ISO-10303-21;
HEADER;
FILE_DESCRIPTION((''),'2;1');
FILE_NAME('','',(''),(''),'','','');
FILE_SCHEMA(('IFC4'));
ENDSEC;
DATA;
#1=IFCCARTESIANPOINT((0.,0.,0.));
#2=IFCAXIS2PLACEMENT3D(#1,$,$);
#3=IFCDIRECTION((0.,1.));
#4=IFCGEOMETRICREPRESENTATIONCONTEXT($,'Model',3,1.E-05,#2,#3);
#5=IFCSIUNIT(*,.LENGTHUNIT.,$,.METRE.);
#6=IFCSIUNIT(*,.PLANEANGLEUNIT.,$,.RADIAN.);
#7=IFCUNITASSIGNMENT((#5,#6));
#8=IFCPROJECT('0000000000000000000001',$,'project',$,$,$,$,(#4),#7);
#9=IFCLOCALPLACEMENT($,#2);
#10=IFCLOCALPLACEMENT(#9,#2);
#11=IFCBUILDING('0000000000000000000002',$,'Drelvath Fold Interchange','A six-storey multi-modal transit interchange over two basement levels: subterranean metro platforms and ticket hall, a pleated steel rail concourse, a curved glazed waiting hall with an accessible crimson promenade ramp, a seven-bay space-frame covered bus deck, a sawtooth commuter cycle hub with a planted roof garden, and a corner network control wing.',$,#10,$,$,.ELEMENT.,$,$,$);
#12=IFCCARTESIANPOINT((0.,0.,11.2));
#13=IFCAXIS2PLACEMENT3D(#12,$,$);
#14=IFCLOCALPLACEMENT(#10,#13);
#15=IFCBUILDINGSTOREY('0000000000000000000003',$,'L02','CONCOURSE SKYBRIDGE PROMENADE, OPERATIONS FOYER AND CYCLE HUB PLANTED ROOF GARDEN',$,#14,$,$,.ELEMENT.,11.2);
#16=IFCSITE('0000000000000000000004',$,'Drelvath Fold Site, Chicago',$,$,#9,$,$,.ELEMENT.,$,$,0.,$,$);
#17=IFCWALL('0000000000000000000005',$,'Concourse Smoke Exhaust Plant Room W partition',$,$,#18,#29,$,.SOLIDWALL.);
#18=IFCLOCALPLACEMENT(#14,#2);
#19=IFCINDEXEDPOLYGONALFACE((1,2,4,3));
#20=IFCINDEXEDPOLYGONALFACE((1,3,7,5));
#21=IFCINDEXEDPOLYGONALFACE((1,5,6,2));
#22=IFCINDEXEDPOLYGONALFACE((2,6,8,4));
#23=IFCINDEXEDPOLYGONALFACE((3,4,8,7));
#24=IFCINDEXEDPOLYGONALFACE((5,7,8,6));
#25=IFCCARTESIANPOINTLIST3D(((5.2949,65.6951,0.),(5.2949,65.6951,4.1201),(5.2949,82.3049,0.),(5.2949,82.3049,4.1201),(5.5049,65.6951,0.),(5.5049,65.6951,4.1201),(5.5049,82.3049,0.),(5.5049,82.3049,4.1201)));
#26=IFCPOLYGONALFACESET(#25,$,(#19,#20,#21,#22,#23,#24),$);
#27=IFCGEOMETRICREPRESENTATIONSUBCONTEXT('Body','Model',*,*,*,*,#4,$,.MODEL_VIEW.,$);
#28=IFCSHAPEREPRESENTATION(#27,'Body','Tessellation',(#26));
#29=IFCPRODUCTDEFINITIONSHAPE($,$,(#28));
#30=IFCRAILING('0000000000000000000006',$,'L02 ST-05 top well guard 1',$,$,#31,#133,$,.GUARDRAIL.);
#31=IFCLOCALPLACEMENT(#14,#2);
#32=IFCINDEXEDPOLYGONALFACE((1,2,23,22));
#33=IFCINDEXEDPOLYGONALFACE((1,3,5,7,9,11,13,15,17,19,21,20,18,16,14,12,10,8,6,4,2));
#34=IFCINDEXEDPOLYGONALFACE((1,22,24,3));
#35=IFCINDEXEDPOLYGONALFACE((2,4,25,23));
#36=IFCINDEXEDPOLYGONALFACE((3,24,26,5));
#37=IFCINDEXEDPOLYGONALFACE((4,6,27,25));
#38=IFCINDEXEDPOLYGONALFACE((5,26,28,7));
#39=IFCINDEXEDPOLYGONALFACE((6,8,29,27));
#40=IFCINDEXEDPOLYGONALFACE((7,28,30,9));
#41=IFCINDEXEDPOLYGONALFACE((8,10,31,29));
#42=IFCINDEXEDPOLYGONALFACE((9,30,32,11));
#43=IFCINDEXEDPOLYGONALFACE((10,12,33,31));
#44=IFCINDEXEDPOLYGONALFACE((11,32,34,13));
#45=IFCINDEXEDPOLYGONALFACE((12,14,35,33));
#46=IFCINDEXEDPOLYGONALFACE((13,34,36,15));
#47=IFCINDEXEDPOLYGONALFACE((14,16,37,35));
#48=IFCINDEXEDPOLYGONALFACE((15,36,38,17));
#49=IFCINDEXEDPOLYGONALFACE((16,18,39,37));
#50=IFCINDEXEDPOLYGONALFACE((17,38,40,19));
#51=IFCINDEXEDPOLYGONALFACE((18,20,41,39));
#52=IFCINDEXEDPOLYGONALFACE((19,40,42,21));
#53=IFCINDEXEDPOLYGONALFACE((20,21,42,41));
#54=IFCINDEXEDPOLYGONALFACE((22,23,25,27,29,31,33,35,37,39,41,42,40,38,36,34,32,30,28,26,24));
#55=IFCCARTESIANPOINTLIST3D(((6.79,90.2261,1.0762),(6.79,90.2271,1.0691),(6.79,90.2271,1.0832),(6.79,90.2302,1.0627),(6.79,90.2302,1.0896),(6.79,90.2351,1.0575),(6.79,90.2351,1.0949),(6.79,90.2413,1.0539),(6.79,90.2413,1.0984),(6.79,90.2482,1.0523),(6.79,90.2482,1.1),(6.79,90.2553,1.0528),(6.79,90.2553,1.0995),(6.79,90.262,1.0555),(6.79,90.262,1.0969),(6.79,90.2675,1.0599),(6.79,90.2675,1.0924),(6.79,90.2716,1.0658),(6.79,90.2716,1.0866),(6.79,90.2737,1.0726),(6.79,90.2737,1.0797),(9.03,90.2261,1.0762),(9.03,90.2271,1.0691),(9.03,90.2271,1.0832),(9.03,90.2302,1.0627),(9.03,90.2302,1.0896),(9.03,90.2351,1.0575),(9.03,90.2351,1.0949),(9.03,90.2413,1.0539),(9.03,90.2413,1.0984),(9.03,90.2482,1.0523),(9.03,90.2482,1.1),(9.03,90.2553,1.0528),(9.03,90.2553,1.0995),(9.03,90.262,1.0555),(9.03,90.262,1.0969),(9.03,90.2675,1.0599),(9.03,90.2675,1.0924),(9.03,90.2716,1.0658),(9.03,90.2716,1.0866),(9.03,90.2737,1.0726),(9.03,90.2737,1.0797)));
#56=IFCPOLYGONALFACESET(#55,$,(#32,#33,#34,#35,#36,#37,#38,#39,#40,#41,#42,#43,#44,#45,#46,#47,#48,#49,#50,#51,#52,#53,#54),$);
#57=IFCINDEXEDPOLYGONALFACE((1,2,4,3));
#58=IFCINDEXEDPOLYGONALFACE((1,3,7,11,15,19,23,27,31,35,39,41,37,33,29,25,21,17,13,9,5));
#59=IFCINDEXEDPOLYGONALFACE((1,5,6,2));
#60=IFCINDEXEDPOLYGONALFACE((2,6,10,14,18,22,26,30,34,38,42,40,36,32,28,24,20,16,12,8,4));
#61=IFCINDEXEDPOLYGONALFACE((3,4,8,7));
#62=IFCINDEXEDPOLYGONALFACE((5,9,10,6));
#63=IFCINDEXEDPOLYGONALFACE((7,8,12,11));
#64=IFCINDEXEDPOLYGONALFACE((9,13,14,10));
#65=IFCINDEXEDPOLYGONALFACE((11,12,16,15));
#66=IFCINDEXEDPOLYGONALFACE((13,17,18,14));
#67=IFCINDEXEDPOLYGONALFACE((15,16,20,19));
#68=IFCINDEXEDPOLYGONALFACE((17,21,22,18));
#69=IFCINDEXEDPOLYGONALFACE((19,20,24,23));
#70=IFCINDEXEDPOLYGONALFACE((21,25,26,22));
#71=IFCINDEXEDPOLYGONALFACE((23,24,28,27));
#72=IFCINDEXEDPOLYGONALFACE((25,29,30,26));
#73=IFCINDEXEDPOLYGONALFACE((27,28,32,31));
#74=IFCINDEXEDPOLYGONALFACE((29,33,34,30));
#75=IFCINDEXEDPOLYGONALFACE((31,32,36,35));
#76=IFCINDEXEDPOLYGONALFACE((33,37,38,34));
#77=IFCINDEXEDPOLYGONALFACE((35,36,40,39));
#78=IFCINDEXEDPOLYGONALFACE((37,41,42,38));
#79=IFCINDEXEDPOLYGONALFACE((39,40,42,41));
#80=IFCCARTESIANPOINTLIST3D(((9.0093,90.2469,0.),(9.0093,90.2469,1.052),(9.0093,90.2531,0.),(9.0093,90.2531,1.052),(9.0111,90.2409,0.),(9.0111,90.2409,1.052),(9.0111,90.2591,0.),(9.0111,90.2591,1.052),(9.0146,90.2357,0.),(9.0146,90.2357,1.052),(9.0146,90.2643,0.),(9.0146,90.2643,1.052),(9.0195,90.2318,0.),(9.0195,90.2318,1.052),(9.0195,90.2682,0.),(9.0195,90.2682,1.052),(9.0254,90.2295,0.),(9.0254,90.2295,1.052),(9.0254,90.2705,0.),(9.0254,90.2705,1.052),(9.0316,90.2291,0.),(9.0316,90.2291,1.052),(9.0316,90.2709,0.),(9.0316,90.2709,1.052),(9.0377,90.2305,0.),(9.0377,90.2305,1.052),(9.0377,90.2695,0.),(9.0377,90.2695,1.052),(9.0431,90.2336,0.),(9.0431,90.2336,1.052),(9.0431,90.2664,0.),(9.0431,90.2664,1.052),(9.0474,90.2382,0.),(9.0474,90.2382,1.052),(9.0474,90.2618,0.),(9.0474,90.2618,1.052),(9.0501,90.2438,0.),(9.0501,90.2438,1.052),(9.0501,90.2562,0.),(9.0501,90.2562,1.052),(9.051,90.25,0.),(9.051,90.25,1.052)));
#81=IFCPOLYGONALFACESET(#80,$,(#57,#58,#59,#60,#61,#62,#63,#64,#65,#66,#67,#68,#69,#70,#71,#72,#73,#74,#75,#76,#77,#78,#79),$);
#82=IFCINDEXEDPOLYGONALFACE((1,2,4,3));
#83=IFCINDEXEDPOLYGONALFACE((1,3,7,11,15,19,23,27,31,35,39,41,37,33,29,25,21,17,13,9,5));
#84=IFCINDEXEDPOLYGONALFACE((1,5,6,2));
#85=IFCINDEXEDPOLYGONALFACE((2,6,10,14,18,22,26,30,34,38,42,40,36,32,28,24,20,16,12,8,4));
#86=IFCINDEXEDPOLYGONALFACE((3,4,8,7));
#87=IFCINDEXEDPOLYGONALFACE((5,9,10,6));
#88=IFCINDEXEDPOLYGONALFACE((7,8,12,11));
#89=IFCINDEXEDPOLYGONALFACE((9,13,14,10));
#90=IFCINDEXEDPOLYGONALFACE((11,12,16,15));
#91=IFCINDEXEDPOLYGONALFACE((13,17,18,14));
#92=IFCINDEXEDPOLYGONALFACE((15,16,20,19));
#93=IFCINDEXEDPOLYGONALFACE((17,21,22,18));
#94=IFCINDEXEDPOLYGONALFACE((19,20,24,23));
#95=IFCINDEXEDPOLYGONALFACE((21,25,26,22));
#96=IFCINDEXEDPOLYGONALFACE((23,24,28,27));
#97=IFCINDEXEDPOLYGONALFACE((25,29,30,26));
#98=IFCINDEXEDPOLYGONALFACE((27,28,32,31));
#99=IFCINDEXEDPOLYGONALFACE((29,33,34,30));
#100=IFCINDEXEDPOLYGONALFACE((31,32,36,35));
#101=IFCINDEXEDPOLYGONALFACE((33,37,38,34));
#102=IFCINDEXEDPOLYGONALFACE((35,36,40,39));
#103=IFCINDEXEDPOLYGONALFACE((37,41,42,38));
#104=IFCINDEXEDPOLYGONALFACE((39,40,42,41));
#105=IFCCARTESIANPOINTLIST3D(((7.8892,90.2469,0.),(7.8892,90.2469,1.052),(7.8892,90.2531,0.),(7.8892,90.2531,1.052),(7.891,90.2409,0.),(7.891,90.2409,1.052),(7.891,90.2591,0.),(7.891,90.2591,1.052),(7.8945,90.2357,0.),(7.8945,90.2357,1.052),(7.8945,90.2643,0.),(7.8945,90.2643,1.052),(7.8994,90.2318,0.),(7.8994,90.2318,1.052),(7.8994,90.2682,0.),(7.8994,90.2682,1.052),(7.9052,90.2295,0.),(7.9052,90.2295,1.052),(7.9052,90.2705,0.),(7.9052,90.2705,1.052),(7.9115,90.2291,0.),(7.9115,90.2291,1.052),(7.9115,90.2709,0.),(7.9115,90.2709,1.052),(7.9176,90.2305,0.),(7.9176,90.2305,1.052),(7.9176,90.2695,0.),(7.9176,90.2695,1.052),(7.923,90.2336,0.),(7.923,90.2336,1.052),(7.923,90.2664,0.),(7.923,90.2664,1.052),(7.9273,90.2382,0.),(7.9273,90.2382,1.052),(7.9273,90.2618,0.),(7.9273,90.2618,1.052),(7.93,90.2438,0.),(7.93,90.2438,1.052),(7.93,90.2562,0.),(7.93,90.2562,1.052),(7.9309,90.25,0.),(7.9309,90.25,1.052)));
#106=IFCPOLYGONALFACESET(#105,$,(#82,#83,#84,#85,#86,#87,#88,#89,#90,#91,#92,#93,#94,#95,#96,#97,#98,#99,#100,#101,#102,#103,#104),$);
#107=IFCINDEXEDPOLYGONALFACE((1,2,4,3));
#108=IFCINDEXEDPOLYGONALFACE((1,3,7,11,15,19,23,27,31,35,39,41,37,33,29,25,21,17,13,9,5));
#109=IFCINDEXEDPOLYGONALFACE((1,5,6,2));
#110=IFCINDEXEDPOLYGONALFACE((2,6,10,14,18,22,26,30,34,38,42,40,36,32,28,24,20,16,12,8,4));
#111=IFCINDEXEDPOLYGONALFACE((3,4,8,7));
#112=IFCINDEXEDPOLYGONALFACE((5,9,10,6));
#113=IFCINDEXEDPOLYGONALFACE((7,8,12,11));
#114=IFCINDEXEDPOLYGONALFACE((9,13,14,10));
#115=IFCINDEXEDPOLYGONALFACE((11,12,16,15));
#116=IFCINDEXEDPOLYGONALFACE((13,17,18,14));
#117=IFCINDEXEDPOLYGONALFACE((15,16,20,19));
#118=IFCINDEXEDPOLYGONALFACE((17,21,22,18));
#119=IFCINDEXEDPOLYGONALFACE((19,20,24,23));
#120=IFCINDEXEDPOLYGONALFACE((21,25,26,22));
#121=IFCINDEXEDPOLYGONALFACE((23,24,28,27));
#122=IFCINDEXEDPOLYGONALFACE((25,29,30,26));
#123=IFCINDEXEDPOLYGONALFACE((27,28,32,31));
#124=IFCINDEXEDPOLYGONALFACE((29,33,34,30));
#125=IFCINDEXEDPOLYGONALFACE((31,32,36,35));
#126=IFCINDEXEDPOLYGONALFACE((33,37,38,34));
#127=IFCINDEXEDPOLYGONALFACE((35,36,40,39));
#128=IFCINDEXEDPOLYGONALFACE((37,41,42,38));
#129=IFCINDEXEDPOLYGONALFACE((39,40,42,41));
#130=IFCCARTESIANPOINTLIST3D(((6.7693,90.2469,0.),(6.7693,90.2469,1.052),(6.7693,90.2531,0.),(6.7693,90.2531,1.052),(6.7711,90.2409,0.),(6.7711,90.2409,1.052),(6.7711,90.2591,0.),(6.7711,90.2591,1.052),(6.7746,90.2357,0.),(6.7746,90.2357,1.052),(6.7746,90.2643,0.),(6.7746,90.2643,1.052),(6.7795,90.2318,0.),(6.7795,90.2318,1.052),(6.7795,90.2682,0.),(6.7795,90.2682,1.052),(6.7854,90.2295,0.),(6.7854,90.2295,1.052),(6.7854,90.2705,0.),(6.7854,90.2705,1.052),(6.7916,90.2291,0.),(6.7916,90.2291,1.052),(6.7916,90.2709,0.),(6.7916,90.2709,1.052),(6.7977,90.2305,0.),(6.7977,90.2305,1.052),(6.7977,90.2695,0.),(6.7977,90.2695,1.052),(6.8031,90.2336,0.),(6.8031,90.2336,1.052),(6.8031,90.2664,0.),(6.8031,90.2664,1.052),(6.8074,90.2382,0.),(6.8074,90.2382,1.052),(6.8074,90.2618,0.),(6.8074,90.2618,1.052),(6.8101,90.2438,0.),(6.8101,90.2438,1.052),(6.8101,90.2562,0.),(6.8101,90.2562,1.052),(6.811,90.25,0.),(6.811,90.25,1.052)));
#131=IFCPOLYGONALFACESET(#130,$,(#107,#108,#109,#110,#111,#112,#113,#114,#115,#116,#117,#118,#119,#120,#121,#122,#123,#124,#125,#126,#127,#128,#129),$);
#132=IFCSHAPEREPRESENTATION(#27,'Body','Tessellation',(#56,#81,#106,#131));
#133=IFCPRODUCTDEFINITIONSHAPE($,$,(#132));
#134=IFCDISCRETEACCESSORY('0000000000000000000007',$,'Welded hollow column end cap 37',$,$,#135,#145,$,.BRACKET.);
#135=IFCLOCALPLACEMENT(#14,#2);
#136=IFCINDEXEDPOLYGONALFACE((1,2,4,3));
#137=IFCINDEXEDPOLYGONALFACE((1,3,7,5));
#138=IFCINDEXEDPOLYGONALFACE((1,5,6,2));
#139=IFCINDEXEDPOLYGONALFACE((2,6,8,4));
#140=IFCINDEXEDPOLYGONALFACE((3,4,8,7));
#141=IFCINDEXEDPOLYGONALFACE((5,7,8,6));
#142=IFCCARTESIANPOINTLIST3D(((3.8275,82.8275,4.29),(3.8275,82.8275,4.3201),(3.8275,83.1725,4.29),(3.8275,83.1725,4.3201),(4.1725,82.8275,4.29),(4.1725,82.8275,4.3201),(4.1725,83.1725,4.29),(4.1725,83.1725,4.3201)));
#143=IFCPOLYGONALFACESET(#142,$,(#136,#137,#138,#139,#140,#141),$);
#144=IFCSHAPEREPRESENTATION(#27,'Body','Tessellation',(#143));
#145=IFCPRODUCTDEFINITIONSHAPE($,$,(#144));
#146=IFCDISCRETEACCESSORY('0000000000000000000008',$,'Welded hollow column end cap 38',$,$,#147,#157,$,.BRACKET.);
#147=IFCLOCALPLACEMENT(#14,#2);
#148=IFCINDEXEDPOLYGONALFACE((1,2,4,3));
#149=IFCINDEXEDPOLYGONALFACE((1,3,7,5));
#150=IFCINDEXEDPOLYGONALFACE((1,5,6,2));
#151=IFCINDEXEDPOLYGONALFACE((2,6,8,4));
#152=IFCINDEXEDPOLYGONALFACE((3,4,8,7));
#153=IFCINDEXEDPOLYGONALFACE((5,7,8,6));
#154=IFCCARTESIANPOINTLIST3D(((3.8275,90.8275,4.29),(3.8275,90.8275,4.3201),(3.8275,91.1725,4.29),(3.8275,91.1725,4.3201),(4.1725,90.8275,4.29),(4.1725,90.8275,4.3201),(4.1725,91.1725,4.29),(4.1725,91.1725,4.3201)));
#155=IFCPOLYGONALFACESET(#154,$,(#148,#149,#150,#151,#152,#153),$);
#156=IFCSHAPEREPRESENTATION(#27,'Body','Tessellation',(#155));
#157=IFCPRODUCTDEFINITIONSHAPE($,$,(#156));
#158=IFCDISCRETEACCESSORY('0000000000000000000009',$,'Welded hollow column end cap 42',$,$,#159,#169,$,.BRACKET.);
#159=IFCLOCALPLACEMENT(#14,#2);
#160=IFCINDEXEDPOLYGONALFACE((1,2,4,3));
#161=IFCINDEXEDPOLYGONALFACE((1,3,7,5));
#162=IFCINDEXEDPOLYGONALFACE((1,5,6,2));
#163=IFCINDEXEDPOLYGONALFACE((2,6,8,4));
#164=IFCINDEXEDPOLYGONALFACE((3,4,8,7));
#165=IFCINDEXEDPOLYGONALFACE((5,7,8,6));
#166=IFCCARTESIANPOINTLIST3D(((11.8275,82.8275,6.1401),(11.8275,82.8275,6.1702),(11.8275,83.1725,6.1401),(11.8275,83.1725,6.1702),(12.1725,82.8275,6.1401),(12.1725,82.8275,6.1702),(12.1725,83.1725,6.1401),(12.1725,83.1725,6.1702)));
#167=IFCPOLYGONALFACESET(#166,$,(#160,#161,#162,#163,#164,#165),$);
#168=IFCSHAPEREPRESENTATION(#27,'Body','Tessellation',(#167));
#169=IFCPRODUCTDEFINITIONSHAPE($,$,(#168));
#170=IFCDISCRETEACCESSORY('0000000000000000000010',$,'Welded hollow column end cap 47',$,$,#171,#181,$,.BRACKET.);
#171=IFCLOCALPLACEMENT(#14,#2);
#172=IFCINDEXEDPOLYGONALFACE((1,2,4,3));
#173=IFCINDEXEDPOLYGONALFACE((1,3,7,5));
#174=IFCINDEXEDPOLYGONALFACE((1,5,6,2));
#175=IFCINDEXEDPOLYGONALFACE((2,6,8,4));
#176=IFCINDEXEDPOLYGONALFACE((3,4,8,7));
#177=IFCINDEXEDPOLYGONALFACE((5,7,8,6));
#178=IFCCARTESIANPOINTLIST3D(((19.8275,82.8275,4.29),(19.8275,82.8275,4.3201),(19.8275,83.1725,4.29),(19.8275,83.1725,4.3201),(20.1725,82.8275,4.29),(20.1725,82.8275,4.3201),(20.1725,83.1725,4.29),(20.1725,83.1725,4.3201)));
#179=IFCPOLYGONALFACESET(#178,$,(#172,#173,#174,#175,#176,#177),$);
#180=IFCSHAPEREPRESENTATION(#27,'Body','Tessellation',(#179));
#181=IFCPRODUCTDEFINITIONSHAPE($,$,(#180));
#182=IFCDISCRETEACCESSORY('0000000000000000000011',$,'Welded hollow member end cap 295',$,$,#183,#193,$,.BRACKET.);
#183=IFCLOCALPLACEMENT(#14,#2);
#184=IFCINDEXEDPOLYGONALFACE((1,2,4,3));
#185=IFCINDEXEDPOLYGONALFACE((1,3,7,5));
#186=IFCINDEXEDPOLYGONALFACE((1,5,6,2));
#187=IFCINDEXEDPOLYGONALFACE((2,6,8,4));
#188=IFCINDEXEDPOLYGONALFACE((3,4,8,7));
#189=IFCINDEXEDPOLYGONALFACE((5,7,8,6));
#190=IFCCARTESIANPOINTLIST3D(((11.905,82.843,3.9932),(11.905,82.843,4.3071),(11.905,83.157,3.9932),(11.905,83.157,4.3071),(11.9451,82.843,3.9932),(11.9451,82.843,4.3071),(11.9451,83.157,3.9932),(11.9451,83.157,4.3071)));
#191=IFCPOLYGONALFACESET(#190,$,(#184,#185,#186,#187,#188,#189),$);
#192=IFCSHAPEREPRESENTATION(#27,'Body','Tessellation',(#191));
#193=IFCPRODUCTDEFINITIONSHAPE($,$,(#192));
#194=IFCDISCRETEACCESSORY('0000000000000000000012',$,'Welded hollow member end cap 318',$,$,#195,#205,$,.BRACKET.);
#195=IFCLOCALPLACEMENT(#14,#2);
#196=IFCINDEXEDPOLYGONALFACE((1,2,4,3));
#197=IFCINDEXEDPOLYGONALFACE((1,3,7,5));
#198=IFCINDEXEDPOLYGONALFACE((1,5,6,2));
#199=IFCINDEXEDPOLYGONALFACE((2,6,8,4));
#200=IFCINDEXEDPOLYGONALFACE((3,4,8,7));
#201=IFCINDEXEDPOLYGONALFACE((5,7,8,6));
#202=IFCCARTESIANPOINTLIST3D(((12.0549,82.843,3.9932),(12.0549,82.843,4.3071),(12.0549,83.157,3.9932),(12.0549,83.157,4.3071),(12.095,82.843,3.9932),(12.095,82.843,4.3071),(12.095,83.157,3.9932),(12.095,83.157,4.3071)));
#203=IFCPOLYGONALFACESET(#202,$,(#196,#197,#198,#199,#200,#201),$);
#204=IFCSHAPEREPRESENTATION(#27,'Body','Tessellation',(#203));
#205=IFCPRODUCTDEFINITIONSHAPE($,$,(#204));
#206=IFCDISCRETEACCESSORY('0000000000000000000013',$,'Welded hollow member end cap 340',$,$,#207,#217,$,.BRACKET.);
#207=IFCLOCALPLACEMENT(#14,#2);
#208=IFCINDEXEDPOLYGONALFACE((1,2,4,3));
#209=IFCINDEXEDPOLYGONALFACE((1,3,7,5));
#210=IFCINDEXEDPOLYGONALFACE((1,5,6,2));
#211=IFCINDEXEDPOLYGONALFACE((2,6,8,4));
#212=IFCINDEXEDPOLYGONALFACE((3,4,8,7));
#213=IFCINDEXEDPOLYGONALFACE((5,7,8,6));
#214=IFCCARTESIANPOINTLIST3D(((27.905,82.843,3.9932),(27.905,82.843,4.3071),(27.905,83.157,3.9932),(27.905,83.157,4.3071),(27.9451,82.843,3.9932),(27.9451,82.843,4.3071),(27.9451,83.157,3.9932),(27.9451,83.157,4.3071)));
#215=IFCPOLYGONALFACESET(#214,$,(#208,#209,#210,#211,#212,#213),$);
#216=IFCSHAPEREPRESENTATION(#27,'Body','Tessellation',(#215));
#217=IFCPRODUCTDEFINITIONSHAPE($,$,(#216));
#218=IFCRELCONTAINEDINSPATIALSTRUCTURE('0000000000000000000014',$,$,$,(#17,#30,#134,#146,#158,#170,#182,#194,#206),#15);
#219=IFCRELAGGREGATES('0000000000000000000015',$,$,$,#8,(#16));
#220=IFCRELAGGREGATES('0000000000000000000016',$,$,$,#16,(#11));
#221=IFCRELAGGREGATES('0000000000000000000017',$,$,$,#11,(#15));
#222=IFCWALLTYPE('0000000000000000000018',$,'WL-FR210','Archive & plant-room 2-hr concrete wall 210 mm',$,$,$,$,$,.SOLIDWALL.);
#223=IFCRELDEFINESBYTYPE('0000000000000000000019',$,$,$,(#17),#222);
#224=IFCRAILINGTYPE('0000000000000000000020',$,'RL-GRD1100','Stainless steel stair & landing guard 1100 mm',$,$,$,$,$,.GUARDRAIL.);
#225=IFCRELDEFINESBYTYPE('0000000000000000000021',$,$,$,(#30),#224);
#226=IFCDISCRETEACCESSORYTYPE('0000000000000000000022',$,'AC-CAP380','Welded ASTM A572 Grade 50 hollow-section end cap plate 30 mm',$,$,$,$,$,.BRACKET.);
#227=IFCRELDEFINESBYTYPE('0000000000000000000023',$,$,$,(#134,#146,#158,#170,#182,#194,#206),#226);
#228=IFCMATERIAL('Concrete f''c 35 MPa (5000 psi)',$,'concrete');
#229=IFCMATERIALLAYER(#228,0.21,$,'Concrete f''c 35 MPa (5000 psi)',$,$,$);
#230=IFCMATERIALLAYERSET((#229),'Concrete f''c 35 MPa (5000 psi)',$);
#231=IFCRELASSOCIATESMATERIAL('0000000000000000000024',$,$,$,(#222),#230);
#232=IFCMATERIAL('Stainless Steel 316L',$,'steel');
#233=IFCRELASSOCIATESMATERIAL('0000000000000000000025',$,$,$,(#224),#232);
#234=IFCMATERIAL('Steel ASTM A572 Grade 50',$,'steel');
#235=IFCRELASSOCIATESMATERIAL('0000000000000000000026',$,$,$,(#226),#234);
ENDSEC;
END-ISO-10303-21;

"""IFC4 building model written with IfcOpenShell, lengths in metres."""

from ifc_helpers import new_model, si_unit, direction, frame, frame_2d, origin, origin_2d, place, context, subcontext, project, spatial, rectangle, circle, extrude, material, layer, layer_set, type_object, element, save


model = new_model("IFC4")

# Units and contexts
model_context = context("Model", 3, precision=1e-05, world=origin(), true_north=direction((0.0, 1.0)))
body_context = subcontext(model_context, "Body", "Model", "MODEL_VIEW")
ifc_project = project(units=[si_unit("LENGTHUNIT", "METRE"), si_unit("PLANEANGLEUNIT", "RADIAN")], contexts=[model_context])

# Site, building, storey
site_placement = place(None, origin())
site = spatial("IfcSite", under=ifc_project, at=site_placement, Name="Drelvath Fold Site, Chicago", CompositionType="ELEMENT", RefElevation=0.0)
building_placement = place(site_placement, origin())
building = spatial("IfcBuilding", under=site, at=building_placement, Name="Drelvath Fold Interchange", Description="A six-storey multi-modal transit interchange over two basement levels: subterranean metro platforms and ticket hall, a pleated steel rail concourse, a curved glazed waiting hall with an accessible crimson promenade ramp, a seven-bay space-frame covered bus deck, a sawtooth commuter cycle hub with a planted roof garden, and a corner network control wing.", CompositionType="ELEMENT")
storey_placement = place(building_placement, frame((0.0, 0.0, 11.2)))
storey = spatial("IfcBuildingStorey", under=building, at=storey_placement, Name="L02", Description="CONCOURSE SKYBRIDGE PROMENADE, OPERATIONS FOYER AND CYCLE HUB PLANTED ROOF GARDEN", CompositionType="ELEMENT", Elevation=11.2)

# Wall
ifc_material_1 = material(Name="Concrete f'c 35 MPa (5000 psi)", Category="concrete")
ifc_layer_1 = layer(ifc_material_1, 0.21, Name="Concrete f'c 35 MPa (5000 psi)")
ifc_layer_set_1 = layer_set([ifc_layer_1], Name="Concrete f'c 35 MPa (5000 psi)")
wall_type_1 = type_object("IfcWallType", Name="WL-FR210", Description="Archive & plant-room 2-hr concrete wall 210 mm", PredefinedType="SOLIDWALL", material=ifc_layer_set_1)
wall_1_placement = place(storey_placement, frame((5.3999, 82.3049, 0.0), z_axis=(0.0, 0.0, 1.0), x_axis=(0.0, -1.0, 0.0)))
element("IfcWall", 1, at=wall_1_placement, inside=storey, type_object=wall_type_1, Name="Concourse Smoke Exhaust Plant Room W partition", PredefinedType="SOLIDWALL", context=body_context, shape_type="SweptSolid", body=[
    extrude(rectangle(XDim=16.6099, YDim=0.21, at=frame_2d((8.3049, 0.0))), origin(), (0.0, 0.0, 1.0), 4.1201),
])

# Railing
ifc_material_2 = material(Name="Stainless Steel 316L", Category="steel")
railing_type_1 = type_object("IfcRailingType", Name="RL-GRD1100", Description="Stainless steel stair & landing guard 1100 mm", PredefinedType="GUARDRAIL", material=ifc_material_2)
railing_1_placement = place(storey_placement, frame((9.03, 90.25, 0.0)))
element("IfcRailing", 2, at=railing_1_placement, inside=storey, type_object=railing_type_1, Name="L02 ST-05 top well guard 1", PredefinedType="GUARDRAIL", context=body_context, shape_type="SweptSolid", body=[
    extrude(circle(Radius=0.0239, at=origin_2d()), frame((0.0, 0.0, 1.0762), z_axis=(-1.0, 0.0, 0.0), x_axis=(0.0, -1.0, 0.0)), (0.0, 0.0, 1.0), 2.24),
    extrude(circle(Radius=0.021, at=origin_2d()), origin(), (0.0, 0.0, 1.0), 1.052),
    extrude(circle(Radius=0.021, at=origin_2d()), frame((-1.1201, 0.0, 0.0)), (0.0, 0.0, 1.0), 1.052),
    extrude(circle(Radius=0.021, at=origin_2d()), frame((-2.24, 0.0, 0.0)), (0.0, 0.0, 1.0), 1.052),
])

# Discrete accessories
ifc_material_3 = material(Name="Steel ASTM A572 Grade 50", Category="steel")
discrete_accessory_type = type_object("IfcDiscreteAccessoryType", Name="AC-CAP380", Description="Welded ASTM A572 Grade 50 hollow-section end cap plate 30 mm", PredefinedType="BRACKET", material=ifc_material_3)
for number, where, z_axis, x_axis, name in (
    (3, (4.0, 83.0, 4.29), (0.0, 0.0, 1.0), (1.0, 0.0, 0.0), "Welded hollow column end cap 37"),
    (4, (4.0, 91.0, 4.29), (0.0, 0.0, 1.0), (1.0, 0.0, 0.0), "Welded hollow column end cap 38"),
    (5, (12.0, 83.0, 6.1401), (0.0, 0.0, 1.0), (1.0, 0.0, 0.0), "Welded hollow column end cap 42"),
    (6, (20.0, 83.0, 4.29), (0.0, 0.0, 1.0), (1.0, 0.0, 0.0), "Welded hollow column end cap 47"),
):
    element("IfcDiscreteAccessory", number, at=place(storey_placement, frame(where, z_axis=z_axis, x_axis=x_axis)), inside=storey, type_object=discrete_accessory_type, Name=name, PredefinedType="BRACKET", context=body_context, shape_type="SweptSolid", body=[
        extrude(rectangle(XDim=0.345, YDim=0.345, at=origin_2d()), origin(), (0.0, 0.0, 1.0), 0.03),
    ])
for number, where, z_axis, x_axis, name in (
    (7, (11.925, 83.0, 3.9932), (0.0, 0.0, 1.0), (1.0, 0.0, 0.0), "Welded hollow member end cap 295"),
    (8, (12.075, 83.0, 3.9932), (0.0, 0.0, 1.0), (1.0, 0.0, 0.0), "Welded hollow member end cap 318"),
    (9, (27.925, 83.0, 3.9932), (0.0, 0.0, 1.0), (1.0, 0.0, 0.0), "Welded hollow member end cap 340"),
):
    element("IfcDiscreteAccessory", number, at=place(storey_placement, frame(where, z_axis=z_axis, x_axis=x_axis)), inside=storey, type_object=discrete_accessory_type, Name=name, PredefinedType="BRACKET", context=body_context, shape_type="SweptSolid", body=[
        extrude(rectangle(XDim=0.04, YDim=0.314, at=origin_2d()), origin(), (0.0, 0.0, 1.0), 0.314),
    ])

save(model, "model.ifc")
